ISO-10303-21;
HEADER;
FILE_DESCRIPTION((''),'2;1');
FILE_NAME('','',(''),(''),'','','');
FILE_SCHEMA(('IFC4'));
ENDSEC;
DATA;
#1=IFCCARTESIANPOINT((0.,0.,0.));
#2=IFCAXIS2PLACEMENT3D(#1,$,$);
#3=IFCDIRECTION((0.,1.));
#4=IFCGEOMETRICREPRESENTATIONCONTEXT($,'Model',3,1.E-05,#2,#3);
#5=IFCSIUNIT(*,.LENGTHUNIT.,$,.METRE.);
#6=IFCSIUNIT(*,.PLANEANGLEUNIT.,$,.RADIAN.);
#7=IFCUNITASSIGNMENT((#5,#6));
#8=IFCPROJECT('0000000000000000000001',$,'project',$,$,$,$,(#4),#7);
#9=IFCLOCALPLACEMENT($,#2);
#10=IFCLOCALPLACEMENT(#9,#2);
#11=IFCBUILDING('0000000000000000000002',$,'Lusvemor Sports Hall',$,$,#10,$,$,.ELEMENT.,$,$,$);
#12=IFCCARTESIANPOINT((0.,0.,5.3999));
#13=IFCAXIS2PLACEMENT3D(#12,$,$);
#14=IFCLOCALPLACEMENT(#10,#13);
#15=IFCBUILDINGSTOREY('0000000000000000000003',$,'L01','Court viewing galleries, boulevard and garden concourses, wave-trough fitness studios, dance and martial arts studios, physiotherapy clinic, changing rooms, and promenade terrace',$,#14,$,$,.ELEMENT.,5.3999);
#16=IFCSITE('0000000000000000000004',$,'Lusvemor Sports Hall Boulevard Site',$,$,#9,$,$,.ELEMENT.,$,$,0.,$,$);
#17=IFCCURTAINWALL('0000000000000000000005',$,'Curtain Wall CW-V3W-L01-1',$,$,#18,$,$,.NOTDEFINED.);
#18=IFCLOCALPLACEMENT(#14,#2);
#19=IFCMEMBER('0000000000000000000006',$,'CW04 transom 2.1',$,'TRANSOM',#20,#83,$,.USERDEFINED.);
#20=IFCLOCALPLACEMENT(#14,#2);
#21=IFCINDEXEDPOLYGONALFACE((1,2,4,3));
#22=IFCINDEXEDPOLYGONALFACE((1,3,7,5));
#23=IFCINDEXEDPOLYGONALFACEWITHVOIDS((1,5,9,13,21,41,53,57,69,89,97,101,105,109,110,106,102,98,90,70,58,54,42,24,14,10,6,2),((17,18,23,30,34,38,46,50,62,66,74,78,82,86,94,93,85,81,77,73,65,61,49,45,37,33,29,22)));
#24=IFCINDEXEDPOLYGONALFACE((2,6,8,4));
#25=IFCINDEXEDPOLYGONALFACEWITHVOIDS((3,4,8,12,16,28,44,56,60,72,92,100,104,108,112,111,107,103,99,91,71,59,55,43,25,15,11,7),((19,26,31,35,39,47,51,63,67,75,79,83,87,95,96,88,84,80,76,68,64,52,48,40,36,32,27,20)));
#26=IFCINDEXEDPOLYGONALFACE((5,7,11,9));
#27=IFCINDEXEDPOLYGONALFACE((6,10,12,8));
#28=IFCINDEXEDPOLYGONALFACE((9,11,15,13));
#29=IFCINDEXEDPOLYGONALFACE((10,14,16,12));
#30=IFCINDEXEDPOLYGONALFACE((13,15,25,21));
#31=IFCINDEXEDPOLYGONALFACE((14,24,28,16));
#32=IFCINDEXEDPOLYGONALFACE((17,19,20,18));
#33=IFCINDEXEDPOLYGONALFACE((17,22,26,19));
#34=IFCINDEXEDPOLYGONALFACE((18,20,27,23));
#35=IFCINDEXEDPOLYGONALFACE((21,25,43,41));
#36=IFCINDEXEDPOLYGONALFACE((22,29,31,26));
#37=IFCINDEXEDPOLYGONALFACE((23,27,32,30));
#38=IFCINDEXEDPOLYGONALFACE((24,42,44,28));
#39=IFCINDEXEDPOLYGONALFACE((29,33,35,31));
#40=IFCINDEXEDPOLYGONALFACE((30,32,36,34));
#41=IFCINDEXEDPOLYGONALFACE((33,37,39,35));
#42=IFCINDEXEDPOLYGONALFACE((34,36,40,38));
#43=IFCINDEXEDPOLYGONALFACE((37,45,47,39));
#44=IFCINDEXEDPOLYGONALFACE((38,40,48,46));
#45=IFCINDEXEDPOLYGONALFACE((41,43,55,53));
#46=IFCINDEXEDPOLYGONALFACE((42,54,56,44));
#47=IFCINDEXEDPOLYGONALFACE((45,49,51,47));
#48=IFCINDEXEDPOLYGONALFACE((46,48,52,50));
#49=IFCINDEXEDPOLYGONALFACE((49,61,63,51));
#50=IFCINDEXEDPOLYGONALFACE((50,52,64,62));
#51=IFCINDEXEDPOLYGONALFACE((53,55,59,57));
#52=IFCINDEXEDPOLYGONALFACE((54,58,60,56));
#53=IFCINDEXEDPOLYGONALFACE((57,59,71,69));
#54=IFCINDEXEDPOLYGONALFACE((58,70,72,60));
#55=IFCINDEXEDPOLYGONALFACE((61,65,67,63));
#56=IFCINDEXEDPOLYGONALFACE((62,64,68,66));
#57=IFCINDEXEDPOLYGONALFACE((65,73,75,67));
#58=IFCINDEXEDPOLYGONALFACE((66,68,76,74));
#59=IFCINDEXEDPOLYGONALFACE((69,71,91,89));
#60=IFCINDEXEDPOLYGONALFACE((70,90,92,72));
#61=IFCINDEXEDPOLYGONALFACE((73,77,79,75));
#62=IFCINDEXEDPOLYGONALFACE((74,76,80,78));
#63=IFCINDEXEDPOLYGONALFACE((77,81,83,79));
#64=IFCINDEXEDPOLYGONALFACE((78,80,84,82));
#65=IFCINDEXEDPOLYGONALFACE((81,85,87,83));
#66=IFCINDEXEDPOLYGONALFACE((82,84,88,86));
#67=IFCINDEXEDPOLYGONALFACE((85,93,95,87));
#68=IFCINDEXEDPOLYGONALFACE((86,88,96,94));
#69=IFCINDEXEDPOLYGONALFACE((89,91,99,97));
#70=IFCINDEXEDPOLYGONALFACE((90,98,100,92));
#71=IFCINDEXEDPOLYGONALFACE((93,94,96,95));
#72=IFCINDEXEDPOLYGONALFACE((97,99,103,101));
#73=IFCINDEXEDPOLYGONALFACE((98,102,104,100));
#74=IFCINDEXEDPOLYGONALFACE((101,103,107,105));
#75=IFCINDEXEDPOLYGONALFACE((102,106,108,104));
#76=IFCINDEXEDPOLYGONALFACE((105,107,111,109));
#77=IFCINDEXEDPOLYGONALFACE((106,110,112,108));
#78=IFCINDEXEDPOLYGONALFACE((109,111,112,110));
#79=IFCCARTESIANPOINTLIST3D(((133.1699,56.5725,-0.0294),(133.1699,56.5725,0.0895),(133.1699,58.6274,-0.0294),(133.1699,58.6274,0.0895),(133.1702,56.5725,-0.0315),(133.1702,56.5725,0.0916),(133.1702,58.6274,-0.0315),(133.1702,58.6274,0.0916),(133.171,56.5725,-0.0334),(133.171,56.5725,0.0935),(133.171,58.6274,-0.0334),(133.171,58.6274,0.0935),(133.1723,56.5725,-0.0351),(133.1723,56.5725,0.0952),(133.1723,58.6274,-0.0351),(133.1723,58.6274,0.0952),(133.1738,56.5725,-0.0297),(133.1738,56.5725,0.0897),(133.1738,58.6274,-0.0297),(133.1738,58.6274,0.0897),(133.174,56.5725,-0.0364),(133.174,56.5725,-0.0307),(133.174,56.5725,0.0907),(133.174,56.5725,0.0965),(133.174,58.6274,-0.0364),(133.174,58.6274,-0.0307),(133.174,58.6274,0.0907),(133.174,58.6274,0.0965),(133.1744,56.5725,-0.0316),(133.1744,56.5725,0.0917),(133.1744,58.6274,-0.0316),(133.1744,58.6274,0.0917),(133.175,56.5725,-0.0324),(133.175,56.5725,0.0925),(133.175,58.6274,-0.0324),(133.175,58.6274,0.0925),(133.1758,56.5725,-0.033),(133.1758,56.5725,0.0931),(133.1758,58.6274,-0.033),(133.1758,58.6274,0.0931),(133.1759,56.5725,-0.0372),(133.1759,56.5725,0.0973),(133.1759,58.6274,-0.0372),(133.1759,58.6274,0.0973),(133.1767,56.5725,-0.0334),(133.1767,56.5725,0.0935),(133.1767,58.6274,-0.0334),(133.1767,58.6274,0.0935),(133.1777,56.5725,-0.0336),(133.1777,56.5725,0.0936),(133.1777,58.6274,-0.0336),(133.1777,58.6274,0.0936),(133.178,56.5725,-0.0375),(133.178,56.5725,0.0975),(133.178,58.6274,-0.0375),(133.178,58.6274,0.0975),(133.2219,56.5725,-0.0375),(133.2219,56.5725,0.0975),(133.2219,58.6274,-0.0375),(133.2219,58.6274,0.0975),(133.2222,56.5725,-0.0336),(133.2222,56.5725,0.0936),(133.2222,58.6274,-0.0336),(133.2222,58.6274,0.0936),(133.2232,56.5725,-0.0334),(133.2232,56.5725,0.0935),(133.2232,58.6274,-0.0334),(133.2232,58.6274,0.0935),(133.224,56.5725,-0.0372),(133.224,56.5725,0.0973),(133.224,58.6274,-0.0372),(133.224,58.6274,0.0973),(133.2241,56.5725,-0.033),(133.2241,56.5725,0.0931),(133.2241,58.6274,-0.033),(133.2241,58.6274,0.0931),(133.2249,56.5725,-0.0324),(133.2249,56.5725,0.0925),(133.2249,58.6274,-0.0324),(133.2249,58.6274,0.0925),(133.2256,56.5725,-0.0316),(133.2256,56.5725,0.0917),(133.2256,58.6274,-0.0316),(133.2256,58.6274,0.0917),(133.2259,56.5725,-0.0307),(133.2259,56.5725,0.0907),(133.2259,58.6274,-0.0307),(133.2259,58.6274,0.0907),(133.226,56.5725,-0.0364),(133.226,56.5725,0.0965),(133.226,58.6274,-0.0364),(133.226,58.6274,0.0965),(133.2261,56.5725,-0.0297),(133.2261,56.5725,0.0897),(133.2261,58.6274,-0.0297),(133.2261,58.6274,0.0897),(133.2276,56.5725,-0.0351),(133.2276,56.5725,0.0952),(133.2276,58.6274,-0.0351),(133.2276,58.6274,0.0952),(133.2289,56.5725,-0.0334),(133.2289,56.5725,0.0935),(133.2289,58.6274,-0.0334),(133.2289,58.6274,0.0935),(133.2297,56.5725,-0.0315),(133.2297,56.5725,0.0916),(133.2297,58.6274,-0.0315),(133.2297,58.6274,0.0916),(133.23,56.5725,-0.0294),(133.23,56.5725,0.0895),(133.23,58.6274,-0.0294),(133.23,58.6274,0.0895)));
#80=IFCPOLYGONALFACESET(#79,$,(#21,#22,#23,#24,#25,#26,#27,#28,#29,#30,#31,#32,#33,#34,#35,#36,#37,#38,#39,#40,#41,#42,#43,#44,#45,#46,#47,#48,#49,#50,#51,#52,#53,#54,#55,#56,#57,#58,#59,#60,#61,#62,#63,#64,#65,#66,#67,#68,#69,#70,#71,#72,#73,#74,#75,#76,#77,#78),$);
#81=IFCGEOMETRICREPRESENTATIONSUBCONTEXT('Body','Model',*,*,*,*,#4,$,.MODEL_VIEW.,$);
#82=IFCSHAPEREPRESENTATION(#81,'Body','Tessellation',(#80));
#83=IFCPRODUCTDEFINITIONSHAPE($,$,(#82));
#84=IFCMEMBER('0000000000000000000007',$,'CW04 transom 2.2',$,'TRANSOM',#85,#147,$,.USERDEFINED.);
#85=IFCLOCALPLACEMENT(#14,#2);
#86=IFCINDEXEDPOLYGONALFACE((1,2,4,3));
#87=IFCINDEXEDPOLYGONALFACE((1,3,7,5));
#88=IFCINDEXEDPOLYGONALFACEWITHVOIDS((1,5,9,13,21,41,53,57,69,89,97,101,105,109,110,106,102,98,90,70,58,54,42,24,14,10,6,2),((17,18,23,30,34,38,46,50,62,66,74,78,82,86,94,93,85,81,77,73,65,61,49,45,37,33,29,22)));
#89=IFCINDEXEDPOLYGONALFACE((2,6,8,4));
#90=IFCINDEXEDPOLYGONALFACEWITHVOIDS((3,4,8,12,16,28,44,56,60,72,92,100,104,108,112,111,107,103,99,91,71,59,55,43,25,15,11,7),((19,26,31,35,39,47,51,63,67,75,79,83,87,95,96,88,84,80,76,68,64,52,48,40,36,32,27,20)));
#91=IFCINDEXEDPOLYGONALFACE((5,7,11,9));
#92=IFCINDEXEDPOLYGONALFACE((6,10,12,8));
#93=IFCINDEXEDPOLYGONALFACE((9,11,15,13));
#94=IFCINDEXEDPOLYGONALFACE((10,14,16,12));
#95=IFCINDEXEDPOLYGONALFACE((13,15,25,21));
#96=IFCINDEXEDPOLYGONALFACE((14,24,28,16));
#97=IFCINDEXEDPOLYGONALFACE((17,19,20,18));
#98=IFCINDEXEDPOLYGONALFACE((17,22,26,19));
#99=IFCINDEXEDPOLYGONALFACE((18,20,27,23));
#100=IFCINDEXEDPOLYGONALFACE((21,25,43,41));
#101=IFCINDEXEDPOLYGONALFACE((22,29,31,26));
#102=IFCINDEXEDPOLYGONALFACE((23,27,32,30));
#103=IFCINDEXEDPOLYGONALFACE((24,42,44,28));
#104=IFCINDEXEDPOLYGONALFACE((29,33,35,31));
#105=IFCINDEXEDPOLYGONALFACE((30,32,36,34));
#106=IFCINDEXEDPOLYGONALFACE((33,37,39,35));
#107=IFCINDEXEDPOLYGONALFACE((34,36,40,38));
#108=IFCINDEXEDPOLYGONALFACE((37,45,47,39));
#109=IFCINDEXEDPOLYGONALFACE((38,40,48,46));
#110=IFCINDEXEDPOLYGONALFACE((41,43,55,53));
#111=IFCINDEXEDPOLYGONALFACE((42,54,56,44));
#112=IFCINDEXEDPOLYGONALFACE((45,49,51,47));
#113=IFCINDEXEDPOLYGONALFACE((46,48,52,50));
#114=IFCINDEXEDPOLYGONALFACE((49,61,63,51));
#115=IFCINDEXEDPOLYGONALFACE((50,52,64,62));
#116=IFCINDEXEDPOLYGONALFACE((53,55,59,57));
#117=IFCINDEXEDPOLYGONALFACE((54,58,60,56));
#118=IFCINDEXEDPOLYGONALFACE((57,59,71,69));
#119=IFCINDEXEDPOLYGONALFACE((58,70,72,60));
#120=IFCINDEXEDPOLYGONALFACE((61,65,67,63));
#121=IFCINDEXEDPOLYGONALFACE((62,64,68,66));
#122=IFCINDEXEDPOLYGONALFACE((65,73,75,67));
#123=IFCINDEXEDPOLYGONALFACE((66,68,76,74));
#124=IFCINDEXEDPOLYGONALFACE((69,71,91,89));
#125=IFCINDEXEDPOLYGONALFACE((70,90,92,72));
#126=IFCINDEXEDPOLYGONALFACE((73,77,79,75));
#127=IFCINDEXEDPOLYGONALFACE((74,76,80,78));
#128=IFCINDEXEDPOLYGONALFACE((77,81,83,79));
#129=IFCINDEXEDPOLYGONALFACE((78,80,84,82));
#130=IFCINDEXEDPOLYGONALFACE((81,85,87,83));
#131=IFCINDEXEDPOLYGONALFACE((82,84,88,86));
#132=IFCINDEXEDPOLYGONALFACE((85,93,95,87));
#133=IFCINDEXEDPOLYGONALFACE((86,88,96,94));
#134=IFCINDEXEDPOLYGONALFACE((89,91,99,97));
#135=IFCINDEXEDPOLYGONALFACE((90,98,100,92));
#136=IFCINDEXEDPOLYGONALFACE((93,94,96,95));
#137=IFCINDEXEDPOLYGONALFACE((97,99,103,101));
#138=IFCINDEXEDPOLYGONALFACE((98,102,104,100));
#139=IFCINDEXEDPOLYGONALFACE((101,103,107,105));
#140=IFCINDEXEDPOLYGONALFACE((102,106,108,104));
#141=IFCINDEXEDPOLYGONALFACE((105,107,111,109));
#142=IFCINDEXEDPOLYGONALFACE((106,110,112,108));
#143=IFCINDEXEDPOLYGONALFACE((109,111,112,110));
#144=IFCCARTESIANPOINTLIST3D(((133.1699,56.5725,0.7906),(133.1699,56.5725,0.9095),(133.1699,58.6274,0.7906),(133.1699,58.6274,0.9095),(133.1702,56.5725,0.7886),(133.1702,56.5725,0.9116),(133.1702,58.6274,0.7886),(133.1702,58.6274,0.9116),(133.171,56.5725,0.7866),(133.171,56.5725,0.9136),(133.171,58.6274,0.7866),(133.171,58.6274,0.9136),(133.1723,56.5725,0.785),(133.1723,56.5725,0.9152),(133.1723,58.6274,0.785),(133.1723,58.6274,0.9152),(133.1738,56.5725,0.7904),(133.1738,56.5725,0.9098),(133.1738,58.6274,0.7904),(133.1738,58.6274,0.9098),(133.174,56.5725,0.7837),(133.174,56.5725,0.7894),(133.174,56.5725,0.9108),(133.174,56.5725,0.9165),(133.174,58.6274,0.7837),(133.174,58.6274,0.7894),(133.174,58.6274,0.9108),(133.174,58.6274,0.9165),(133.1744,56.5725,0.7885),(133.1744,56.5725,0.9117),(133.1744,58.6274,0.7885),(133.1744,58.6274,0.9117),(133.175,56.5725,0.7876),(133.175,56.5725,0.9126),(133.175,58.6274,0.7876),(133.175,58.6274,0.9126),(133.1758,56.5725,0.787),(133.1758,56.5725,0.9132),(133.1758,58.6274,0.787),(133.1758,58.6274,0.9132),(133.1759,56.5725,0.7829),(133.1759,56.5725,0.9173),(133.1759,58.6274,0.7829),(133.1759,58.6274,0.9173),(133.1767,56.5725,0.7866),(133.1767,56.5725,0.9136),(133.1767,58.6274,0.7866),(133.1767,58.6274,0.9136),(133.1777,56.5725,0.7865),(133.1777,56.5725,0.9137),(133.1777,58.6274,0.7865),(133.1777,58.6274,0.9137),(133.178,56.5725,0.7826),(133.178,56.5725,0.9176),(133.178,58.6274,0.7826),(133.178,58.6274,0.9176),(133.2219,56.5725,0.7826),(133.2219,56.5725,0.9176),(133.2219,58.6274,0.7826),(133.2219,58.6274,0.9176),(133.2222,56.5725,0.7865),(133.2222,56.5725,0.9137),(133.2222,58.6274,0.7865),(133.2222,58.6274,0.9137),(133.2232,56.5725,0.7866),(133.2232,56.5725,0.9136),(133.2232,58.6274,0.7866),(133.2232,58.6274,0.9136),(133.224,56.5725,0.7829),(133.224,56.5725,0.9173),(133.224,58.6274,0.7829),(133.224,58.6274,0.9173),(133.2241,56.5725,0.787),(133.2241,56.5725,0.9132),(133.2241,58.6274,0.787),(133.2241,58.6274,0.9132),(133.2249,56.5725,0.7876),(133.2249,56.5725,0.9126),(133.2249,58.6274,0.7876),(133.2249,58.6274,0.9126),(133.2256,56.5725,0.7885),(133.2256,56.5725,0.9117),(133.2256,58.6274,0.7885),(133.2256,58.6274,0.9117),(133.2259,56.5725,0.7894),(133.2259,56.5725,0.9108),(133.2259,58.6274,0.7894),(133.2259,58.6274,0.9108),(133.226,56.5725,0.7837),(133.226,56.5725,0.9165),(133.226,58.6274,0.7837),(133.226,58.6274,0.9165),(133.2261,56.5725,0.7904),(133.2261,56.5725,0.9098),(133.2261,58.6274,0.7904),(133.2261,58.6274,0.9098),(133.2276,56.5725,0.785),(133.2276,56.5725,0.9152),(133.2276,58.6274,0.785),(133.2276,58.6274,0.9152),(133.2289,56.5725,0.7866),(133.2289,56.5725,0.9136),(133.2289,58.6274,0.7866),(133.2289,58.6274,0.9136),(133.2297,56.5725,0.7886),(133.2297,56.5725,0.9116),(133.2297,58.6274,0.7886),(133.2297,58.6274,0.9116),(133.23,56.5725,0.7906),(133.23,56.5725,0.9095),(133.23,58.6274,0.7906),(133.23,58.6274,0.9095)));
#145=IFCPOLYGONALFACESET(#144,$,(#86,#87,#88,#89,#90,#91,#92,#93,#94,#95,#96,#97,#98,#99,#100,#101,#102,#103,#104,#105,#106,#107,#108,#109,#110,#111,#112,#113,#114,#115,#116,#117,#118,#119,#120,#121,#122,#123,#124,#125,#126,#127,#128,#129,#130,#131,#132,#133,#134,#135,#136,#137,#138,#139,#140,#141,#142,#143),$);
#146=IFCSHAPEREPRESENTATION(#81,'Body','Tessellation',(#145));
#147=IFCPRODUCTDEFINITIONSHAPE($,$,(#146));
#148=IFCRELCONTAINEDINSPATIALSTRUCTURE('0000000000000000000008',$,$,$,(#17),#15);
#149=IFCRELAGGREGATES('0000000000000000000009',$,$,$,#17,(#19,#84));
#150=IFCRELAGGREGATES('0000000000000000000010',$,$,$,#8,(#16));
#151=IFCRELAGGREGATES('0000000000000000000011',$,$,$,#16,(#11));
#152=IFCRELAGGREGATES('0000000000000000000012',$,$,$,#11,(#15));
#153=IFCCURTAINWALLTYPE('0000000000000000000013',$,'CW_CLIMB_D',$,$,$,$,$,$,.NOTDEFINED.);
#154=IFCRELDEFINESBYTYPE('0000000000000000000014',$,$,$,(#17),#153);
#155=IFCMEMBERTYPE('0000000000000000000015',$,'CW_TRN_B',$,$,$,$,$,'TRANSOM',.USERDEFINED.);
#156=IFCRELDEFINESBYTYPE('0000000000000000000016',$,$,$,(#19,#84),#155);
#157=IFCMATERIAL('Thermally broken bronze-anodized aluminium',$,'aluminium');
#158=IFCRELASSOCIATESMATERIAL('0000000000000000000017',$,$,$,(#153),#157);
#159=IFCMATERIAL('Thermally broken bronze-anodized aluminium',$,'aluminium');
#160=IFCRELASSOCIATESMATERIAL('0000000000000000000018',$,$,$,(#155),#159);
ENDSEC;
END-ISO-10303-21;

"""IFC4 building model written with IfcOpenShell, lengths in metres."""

from ifc_helpers import new_model, si_unit, direction, frame, origin, origin_2d, place, context, subcontext, project, spatial, hollow_rectangle, extrude, material, material_profile, profile_set, type_object, element, aggregate, save


model = new_model("IFC4")

# Units and contexts
model_context = context("Model", 3, precision=1e-05, world=origin(), true_north=direction((0.0, 1.0)))
body_context = subcontext(model_context, "Body", "Model", "MODEL_VIEW")
ifc_project = project(units=[si_unit("LENGTHUNIT", "METRE"), si_unit("PLANEANGLEUNIT", "RADIAN")], contexts=[model_context])

# Site, building, storey
site_placement = place(None, origin())
site = spatial("IfcSite", under=ifc_project, at=site_placement, Name="Lusvemor Sports Hall Boulevard Site", CompositionType="ELEMENT", RefElevation=0.0)
building_placement = place(site_placement, origin())
building = spatial("IfcBuilding", under=site, at=building_placement, Name="Lusvemor Sports Hall", CompositionType="ELEMENT")
storey_placement = place(building_placement, frame((0.0, 0.0, 5.3999)))
storey = spatial("IfcBuildingStorey", under=building, at=storey_placement, Name="L01", Description="Court viewing galleries, boulevard and garden concourses, wave-trough fitness studios, dance and martial arts studios, physiotherapy clinic, changing rooms, and promenade terrace", CompositionType="ELEMENT", Elevation=5.3999)

# Shared definitions
ifc_material_1 = material(Name="Thermally broken bronze-anodized aluminium", Category="aluminium")
curtain_wall_type = type_object("IfcCurtainWallType", Name="CW_CLIMB_D", PredefinedType="NOTDEFINED", material=ifc_material_1)

# Curtain wall
curtain_wall_1_placement = place(storey_placement, origin())
curtain_wall_1 = element("IfcCurtainWall", 1, at=curtain_wall_1_placement, inside=storey, type_object=curtain_wall_type, Name="Curtain Wall CW-V3W-L01-1", PredefinedType="NOTDEFINED")

# Members
ifc_material_2 = material(Name="Thermally broken bronze-anodized aluminium", Category="aluminium")
ifc_material_profile_1 = material_profile(ifc_material_2, hollow_rectangle(XDim=0.0601, YDim=0.135, WallThickness=0.0039, InnerFilletRadius=0.0039, OuterFilletRadius=0.0081, at=origin_2d()), Name="CWTRN135x60x4")
ifc_profile_set_1 = profile_set([ifc_material_profile_1], Name="Thermally broken bronze-anodized aluminium")
member_type_1 = type_object("IfcMemberType", Name="CW_TRN_B", ElementType="TRANSOM", PredefinedType="USERDEFINED", material=ifc_profile_set_1)
member_1_placement = place(storey_placement, frame((133.2, 56.5725, 0.03), z_axis=(0.0, 1.0, 0.0), x_axis=(-1.0, 0.0, 0.0)))
member_1 = element("IfcMember", 2, at=member_1_placement, type_object=member_type_1, Name="CW04 transom 2.1", ObjectType="TRANSOM", PredefinedType="USERDEFINED", context=body_context, shape_type="SweptSolid", body=[
    extrude(hollow_rectangle(XDim=0.0601, YDim=0.135, WallThickness=0.0039, InnerFilletRadius=0.0039, OuterFilletRadius=0.0081, at=origin_2d()), origin(), (0.0, 0.0, 1.0), 2.0549),
])
member_2_placement = place(storey_placement, frame((133.2, 56.5725, 0.8501), z_axis=(0.0, 1.0, 0.0), x_axis=(-1.0, 0.0, 0.0)))
member_2 = element("IfcMember", 3, at=member_2_placement, type_object=member_type_1, Name="CW04 transom 2.2", ObjectType="TRANSOM", PredefinedType="USERDEFINED", context=body_context, shape_type="SweptSolid", body=[
    extrude(hollow_rectangle(XDim=0.0601, YDim=0.135, WallThickness=0.0039, InnerFilletRadius=0.0039, OuterFilletRadius=0.0081, at=origin_2d()), origin(), (0.0, 0.0, 1.0), 2.0549),
])

aggregate(curtain_wall_1, [member_1, member_2])

save(model, "model.ifc")
